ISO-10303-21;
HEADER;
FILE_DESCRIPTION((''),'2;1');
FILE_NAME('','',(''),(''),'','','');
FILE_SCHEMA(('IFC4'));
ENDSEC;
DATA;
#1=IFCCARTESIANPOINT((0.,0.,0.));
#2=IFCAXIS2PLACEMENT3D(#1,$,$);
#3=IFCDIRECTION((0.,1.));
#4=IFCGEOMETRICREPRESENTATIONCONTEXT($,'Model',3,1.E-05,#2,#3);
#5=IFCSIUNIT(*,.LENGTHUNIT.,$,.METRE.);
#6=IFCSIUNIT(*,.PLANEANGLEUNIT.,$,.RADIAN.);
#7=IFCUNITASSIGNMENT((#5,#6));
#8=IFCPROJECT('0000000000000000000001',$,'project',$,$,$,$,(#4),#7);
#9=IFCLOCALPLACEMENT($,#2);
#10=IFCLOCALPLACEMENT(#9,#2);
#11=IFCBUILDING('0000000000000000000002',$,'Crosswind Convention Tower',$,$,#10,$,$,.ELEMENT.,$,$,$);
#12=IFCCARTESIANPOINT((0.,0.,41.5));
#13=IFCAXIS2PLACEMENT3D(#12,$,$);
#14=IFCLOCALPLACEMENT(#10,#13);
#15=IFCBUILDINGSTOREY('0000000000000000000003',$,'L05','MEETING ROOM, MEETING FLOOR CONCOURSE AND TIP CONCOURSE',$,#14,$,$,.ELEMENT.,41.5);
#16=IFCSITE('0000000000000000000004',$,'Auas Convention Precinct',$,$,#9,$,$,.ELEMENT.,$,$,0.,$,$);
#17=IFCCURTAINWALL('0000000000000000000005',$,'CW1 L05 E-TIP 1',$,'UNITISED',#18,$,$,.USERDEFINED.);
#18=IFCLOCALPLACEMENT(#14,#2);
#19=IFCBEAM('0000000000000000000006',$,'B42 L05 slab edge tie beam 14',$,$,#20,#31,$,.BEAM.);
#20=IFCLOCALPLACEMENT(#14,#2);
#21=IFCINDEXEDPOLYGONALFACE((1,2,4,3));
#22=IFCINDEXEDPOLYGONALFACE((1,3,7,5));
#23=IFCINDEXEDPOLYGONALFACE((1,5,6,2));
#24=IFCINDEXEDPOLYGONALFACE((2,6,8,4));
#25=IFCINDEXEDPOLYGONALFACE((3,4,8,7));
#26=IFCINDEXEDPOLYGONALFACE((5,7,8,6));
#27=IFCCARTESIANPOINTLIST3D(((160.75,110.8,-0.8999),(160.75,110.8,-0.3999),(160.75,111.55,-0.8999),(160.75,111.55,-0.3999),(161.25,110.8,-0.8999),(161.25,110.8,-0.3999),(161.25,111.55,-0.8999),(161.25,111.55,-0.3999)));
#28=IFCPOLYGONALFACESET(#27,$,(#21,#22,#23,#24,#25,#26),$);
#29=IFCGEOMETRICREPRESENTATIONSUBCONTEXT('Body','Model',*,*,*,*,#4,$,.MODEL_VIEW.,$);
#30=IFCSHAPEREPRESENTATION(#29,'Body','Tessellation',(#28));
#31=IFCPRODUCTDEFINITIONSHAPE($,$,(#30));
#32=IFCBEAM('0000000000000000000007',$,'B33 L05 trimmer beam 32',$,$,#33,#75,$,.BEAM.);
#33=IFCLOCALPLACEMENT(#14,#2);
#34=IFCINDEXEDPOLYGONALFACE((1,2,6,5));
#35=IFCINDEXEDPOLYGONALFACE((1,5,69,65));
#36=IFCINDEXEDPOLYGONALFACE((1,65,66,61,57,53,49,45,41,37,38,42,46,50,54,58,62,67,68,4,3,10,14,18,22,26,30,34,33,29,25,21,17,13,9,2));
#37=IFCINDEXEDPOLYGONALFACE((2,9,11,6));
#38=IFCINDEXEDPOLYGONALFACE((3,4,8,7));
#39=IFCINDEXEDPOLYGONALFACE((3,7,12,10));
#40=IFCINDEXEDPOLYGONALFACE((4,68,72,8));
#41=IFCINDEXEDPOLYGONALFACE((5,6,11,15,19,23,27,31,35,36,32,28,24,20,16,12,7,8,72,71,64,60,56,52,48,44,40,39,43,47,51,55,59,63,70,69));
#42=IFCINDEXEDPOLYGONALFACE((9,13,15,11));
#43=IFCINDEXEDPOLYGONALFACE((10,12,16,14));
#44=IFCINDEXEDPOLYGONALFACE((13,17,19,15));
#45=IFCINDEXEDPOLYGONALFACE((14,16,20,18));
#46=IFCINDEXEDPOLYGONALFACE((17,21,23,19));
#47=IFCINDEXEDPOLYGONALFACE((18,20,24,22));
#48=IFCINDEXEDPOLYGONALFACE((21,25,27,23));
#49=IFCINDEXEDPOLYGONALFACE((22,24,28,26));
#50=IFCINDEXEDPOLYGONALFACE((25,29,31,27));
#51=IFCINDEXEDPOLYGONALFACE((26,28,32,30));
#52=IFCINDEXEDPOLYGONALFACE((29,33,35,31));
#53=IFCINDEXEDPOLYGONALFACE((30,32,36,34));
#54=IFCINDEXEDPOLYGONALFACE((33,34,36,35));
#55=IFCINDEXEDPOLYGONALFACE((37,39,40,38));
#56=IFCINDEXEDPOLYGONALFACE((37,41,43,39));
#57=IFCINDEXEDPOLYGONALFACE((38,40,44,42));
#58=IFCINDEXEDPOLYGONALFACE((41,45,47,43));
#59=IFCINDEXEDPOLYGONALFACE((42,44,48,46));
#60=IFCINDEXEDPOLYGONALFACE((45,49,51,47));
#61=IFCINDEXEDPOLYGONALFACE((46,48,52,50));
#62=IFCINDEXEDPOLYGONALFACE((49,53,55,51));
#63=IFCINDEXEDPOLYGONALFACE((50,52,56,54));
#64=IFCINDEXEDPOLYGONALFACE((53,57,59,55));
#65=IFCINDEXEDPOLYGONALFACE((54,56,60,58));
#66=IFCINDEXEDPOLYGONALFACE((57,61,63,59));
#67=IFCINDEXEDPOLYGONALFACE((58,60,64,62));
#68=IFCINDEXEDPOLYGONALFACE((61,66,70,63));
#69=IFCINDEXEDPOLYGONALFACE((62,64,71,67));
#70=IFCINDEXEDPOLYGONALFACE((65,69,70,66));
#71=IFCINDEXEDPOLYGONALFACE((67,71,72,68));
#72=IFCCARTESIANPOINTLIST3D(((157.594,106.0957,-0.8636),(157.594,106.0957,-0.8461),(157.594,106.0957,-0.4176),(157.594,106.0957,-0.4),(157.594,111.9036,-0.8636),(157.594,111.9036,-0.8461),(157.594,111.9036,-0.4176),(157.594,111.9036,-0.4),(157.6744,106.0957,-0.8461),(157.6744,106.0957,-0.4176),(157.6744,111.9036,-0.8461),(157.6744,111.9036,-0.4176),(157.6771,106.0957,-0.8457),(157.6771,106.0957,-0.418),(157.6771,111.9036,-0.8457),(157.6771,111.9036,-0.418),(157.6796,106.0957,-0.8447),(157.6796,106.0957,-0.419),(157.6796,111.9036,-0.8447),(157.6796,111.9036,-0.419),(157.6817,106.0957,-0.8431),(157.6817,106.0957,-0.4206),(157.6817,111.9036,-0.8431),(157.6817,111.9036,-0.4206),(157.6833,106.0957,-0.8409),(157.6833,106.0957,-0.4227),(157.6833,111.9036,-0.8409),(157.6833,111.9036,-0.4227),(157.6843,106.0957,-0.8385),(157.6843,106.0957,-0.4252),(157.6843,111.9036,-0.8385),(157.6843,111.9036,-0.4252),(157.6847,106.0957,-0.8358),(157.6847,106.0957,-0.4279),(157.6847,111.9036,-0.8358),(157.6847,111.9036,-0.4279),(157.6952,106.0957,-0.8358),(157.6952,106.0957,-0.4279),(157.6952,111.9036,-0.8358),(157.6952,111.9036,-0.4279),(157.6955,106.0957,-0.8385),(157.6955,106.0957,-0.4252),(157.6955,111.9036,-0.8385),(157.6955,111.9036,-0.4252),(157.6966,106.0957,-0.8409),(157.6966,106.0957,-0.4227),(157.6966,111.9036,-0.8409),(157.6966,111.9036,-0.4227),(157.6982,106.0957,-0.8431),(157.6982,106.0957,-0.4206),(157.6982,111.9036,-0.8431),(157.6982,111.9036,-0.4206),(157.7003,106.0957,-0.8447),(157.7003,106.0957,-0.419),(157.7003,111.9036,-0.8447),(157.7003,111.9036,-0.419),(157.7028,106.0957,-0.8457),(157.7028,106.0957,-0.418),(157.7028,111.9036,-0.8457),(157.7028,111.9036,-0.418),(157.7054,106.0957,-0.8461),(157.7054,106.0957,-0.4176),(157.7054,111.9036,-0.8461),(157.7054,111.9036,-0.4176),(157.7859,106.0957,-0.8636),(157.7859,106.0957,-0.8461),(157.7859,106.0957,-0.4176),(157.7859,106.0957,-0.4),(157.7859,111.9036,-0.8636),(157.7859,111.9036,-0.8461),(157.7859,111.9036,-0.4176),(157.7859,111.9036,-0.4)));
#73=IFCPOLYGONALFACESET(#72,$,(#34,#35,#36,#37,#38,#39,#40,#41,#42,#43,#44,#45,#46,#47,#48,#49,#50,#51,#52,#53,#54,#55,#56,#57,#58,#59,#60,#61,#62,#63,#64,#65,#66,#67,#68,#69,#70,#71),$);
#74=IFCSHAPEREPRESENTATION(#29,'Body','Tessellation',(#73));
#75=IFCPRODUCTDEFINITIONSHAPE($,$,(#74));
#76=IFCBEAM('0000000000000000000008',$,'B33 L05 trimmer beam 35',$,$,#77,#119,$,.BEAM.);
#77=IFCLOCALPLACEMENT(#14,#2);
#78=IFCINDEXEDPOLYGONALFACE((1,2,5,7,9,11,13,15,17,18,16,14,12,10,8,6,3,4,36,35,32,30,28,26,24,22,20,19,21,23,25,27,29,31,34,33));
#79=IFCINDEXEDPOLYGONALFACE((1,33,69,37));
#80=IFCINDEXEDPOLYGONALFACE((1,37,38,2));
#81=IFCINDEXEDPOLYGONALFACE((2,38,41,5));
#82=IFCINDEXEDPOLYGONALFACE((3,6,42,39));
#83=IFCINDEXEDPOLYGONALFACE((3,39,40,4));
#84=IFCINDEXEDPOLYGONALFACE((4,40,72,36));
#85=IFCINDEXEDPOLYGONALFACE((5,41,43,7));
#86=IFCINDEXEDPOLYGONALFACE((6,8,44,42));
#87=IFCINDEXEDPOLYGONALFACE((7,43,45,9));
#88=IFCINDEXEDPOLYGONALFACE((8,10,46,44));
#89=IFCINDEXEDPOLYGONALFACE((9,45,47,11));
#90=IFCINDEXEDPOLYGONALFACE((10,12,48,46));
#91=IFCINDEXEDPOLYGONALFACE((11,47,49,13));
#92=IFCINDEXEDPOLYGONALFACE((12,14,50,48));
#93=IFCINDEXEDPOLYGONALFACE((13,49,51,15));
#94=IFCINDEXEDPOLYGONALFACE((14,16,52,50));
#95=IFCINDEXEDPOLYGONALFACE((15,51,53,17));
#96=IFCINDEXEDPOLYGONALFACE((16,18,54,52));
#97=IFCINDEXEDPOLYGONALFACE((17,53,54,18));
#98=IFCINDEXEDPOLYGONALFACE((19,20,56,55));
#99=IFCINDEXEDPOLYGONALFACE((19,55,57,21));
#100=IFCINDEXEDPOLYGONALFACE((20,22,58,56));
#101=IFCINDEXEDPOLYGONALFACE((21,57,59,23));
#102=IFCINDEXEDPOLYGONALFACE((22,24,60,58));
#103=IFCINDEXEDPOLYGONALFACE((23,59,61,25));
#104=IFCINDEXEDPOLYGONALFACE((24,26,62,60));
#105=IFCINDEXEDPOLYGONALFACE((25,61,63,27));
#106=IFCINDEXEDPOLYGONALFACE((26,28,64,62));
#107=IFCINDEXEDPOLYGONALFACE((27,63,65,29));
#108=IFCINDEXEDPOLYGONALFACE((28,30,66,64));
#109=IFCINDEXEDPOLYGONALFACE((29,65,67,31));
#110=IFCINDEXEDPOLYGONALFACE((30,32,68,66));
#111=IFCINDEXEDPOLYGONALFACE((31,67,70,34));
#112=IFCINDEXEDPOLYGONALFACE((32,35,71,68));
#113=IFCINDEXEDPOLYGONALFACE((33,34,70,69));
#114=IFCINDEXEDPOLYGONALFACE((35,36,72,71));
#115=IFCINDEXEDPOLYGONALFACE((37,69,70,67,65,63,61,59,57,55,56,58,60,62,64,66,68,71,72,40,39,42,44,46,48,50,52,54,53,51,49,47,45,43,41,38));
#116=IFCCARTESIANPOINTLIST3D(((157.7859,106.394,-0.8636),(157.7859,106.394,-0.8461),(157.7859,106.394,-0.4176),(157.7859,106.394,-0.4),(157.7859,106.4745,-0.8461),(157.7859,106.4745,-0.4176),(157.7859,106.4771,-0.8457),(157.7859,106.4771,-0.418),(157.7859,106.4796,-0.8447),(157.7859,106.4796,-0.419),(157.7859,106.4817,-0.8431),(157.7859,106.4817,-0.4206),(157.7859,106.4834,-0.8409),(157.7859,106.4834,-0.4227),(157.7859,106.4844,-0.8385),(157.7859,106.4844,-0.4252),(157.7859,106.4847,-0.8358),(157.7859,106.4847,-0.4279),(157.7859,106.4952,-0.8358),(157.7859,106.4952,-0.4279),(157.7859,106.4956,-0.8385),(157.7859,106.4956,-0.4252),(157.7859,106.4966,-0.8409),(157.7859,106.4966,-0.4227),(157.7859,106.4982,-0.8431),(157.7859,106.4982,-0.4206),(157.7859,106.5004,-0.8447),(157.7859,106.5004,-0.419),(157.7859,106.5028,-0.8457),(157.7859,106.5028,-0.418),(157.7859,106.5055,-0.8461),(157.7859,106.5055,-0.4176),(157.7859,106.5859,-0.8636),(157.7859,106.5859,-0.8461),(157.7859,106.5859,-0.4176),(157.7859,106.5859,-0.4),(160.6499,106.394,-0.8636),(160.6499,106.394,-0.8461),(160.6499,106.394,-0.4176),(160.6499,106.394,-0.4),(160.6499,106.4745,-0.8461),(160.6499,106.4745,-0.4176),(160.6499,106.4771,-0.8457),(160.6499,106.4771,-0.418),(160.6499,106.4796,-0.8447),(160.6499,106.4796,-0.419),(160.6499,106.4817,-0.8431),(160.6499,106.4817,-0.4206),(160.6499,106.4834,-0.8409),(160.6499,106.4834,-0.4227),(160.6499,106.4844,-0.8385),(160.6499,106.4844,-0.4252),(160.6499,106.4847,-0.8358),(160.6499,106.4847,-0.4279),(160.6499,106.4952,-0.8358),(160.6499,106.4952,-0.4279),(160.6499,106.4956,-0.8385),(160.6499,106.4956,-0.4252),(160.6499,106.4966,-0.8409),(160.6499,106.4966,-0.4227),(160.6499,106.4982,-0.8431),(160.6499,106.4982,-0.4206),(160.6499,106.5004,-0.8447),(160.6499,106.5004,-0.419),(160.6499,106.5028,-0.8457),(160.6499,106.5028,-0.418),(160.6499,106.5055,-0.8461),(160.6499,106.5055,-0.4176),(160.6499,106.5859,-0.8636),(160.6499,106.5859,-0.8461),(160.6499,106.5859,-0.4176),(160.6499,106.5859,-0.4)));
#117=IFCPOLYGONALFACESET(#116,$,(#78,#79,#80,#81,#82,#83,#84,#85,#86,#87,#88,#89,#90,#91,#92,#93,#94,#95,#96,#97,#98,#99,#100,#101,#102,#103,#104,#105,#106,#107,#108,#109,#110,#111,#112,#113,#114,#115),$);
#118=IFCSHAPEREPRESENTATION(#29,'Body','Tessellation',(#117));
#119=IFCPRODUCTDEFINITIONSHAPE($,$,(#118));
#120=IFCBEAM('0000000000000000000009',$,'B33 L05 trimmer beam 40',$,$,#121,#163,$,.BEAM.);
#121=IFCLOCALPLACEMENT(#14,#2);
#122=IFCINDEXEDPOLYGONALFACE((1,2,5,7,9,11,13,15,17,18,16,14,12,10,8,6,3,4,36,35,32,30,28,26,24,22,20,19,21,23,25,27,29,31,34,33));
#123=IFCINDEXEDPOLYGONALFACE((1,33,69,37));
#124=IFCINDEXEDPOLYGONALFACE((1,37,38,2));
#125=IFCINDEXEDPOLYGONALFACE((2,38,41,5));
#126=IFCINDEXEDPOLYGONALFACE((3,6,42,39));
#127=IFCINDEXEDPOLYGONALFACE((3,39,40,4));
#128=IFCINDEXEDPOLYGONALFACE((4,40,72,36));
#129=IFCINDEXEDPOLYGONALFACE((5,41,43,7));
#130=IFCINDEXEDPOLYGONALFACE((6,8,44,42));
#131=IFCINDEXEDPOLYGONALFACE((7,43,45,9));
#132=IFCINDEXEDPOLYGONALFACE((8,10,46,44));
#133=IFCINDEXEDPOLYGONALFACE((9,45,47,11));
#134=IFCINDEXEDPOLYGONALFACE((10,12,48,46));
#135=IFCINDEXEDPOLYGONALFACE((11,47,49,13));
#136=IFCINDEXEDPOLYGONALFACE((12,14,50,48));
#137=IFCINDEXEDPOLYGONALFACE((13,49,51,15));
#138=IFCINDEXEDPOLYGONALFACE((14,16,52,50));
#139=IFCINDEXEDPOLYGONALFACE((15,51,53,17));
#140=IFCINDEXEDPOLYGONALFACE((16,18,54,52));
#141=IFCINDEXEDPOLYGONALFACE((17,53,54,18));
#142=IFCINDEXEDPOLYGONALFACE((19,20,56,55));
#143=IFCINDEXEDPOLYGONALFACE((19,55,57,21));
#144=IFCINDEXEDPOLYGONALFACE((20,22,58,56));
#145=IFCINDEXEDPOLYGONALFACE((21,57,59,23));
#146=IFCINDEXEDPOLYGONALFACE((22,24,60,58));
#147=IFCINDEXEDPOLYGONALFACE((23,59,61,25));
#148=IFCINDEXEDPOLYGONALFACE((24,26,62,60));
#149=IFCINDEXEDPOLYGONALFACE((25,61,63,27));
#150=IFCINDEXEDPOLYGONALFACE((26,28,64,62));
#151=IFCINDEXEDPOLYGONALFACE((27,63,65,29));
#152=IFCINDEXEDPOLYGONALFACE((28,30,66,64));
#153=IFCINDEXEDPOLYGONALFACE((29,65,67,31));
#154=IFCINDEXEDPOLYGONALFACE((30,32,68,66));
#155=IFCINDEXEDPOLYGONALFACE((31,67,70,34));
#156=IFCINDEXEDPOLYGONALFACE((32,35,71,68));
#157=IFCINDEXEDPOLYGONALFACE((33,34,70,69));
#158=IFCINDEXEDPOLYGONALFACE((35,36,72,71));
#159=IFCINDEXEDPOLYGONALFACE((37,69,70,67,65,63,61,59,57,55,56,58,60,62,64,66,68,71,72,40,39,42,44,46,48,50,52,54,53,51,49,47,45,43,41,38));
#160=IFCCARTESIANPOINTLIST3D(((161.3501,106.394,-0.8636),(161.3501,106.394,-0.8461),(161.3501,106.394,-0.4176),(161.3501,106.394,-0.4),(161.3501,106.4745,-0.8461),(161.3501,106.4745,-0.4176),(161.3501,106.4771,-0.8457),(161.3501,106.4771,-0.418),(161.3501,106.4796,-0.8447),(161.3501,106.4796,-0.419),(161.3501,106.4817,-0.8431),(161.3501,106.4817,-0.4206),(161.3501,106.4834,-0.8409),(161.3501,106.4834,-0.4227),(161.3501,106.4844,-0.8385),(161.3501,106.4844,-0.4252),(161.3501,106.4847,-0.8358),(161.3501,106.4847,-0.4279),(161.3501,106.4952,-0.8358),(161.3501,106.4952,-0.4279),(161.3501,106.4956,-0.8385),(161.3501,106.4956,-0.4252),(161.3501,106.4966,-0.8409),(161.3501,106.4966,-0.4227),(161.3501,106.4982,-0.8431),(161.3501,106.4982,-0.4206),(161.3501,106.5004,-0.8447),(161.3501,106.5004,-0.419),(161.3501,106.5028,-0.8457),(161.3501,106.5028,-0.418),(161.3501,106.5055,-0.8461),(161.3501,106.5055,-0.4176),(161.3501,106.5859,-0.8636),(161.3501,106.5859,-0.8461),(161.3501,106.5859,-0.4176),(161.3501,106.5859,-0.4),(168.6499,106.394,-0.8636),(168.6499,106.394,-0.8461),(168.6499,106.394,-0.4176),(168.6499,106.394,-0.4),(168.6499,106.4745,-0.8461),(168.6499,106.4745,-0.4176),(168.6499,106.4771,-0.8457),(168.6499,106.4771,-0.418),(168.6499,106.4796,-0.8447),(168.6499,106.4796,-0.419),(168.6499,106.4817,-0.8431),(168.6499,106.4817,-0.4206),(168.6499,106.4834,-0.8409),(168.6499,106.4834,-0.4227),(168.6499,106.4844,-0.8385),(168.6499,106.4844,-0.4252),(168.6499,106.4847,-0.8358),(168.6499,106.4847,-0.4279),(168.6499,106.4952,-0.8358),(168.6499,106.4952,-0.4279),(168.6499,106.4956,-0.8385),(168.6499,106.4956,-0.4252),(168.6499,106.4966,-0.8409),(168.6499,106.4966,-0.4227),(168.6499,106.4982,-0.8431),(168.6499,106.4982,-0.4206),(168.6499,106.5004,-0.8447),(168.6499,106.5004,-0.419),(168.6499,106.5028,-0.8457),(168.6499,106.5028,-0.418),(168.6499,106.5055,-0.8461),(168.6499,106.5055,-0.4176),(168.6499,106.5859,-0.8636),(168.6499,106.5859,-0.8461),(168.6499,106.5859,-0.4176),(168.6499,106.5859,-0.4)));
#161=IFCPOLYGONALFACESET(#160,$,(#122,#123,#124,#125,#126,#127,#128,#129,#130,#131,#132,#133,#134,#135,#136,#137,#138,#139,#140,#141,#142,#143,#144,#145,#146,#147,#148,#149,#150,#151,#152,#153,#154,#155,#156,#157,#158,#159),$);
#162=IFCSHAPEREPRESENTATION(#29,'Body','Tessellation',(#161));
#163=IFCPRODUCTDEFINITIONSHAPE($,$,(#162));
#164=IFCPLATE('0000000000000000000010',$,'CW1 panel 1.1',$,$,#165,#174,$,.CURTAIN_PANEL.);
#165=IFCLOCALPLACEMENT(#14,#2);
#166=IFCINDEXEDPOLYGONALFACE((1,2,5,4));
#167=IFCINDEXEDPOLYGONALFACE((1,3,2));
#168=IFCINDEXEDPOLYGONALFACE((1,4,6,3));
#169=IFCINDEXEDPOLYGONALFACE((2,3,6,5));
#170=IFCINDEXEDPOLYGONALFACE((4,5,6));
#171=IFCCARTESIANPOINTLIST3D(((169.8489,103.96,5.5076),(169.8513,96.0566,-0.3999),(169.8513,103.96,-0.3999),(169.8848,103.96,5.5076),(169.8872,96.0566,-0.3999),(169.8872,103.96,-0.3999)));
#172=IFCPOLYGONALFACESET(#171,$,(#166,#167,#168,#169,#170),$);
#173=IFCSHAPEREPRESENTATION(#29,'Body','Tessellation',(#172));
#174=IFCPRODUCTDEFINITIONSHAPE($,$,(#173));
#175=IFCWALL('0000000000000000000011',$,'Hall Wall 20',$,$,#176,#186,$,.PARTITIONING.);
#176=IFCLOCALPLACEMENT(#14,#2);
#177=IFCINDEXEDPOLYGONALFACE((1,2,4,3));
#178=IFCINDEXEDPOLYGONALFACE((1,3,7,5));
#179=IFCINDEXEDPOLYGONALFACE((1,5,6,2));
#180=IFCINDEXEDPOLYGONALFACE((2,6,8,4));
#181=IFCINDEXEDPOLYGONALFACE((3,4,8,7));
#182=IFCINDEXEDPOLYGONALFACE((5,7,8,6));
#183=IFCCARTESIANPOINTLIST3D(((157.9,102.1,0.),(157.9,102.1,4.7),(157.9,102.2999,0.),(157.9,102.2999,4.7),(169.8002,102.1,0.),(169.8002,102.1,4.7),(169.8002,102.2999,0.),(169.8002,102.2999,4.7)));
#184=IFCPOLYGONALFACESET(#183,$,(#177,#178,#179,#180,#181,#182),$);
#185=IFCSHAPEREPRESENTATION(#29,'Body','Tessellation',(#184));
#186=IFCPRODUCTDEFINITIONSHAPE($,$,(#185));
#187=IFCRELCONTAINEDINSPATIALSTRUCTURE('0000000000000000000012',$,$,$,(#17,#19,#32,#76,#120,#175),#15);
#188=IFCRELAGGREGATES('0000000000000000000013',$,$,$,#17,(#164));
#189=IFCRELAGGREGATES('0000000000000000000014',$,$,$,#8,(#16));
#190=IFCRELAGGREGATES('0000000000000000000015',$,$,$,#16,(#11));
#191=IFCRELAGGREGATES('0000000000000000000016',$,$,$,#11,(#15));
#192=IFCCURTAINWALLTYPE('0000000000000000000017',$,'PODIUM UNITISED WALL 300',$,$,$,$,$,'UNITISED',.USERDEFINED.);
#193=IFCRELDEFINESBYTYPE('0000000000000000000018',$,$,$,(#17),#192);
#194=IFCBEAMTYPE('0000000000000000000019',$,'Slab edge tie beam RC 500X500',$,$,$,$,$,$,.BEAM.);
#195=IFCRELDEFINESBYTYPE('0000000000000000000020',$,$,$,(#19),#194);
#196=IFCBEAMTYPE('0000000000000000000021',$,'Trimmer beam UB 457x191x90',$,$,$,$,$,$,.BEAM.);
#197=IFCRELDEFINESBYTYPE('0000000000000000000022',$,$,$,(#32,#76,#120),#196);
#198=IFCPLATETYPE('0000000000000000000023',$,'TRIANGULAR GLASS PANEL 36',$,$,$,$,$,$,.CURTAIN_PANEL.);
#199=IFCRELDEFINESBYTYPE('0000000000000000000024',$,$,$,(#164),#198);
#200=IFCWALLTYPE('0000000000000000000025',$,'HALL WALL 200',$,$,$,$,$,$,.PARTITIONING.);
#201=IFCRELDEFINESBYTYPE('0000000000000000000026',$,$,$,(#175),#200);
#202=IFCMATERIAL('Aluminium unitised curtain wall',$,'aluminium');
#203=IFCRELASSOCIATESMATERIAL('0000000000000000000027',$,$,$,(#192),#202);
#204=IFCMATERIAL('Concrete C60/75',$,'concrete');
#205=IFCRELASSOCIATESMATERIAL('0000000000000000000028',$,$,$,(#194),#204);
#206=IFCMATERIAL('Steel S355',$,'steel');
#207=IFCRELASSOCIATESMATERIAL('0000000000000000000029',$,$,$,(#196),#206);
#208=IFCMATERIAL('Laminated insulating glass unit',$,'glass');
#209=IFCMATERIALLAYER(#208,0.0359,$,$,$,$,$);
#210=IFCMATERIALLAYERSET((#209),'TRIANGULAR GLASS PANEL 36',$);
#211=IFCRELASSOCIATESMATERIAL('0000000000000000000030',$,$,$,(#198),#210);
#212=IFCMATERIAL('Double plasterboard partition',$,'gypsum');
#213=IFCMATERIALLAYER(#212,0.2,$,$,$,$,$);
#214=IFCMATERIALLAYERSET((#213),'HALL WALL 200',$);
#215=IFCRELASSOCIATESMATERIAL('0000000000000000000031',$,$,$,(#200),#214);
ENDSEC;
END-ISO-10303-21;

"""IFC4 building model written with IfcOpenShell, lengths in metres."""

from ifc_helpers import new_model, si_unit, direction, frame, frame_2d, origin, origin_2d, place, context, subcontext, project, spatial, polyline, rectangle, i_section, outline, extrude, material, layer, layer_set, material_profile, profile_set, type_object, element, aggregate, save


model = new_model("IFC4")

# Units and contexts
model_context = context("Model", 3, precision=1e-05, world=origin(), true_north=direction((0.0, 1.0)))
body_context = subcontext(model_context, "Body", "Model", "MODEL_VIEW")
ifc_project = project(units=[si_unit("LENGTHUNIT", "METRE"), si_unit("PLANEANGLEUNIT", "RADIAN")], contexts=[model_context])

# Site, building, storey
site_placement = place(None, origin())
site = spatial("IfcSite", under=ifc_project, at=site_placement, Name="Auas Convention Precinct", CompositionType="ELEMENT", RefElevation=0.0)
building_placement = place(site_placement, origin())
building = spatial("IfcBuilding", under=site, at=building_placement, Name="Crosswind Convention Tower", CompositionType="ELEMENT")
storey_placement = place(building_placement, frame((0.0, 0.0, 41.5)))
storey = spatial("IfcBuildingStorey", under=building, at=storey_placement, Name="L05", Description="MEETING ROOM, MEETING FLOOR CONCOURSE AND TIP CONCOURSE", CompositionType="ELEMENT", Elevation=41.5)

# Curtain wall
ifc_material_1 = material(Name="Aluminium unitised curtain wall", Category="aluminium")
curtain_wall_type = type_object("IfcCurtainWallType", Name="PODIUM UNITISED WALL 300", ElementType="UNITISED", PredefinedType="USERDEFINED", material=ifc_material_1)
curtain_wall_placement = place(storey_placement, origin())
curtain_wall = element("IfcCurtainWall", 1, at=curtain_wall_placement, inside=storey, type_object=curtain_wall_type, Name="CW1 L05 E-TIP 1", ObjectType="UNITISED", PredefinedType="USERDEFINED")

# Beams
ifc_material_2 = material(Name="Steel S355", Category="steel")
ifc_material_3 = material(Name="Concrete C60/75", Category="concrete")
ifc_material_profile_1 = material_profile(ifc_material_3, rectangle(XDim=0.5, YDim=0.5, at=origin_2d()), Name="RC 500X500")
ifc_profile_set_1 = profile_set([ifc_material_profile_1], Name="Concrete C60/75")
beam_type_1 = type_object("IfcBeamType", Name="Slab edge tie beam RC 500X500", PredefinedType="BEAM", material=ifc_profile_set_1)
beam_1_placement = place(storey_placement, frame((161.0, 110.8, -0.6499), z_axis=(0.0, 1.0, 0.0), x_axis=(-1.0, 0.0, 0.0)))
element("IfcBeam", 2, at=beam_1_placement, inside=storey, type_object=beam_type_1, Name="B42 L05 slab edge tie beam 14", PredefinedType="BEAM", context=body_context, shape_type="SweptSolid", body=[
    extrude(rectangle(XDim=0.5, YDim=0.5, at=origin_2d()), origin(), (0.0, 0.0, 1.0), 0.75),
])
ifc_material_profile_2 = material_profile(ifc_material_2, i_section(OverallWidth=0.1919, OverallDepth=0.4636, WebThickness=0.0105, FlangeThickness=0.0176, FilletRadius=0.0103, at=origin_2d()), Name="UB 457x191x90")
ifc_profile_set_2 = profile_set([ifc_material_profile_2], Name="Steel S355")
beam_type_2 = type_object("IfcBeamType", Name="Trimmer beam UB 457x191x90", PredefinedType="BEAM", material=ifc_profile_set_2)
beam_2_placement = place(storey_placement, frame((157.6899, 106.0957, -0.6318), z_axis=(0.0, 1.0, 0.0), x_axis=(-1.0, 0.0, 0.0)))
element("IfcBeam", 3, at=beam_2_placement, inside=storey, type_object=beam_type_2, Name="B33 L05 trimmer beam 32", PredefinedType="BEAM", context=body_context, shape_type="SweptSolid", body=[
    extrude(i_section(OverallWidth=0.1919, OverallDepth=0.4636, WebThickness=0.0105, FlangeThickness=0.0176, FilletRadius=0.0103, at=origin_2d()), origin(), (0.0, 0.0, 1.0), 5.8079),
])
beam_3_placement = place(storey_placement, frame((157.7859, 106.49, -0.6318), z_axis=(1.0, 0.0, 0.0), x_axis=(0.0, 1.0, 0.0)))
element("IfcBeam", 4, at=beam_3_placement, inside=storey, type_object=beam_type_2, Name="B33 L05 trimmer beam 35", PredefinedType="BEAM", context=body_context, shape_type="SweptSolid", body=[
    extrude(i_section(OverallWidth=0.1919, OverallDepth=0.4636, WebThickness=0.0105, FlangeThickness=0.0176, FilletRadius=0.0103, at=origin_2d()), origin(), (0.0, 0.0, 1.0), 2.864),
])
beam_4_placement = place(storey_placement, frame((161.3501, 106.49, -0.6318), z_axis=(1.0, 0.0, 0.0), x_axis=(0.0, 1.0, 0.0)))
element("IfcBeam", 5, at=beam_4_placement, inside=storey, type_object=beam_type_2, Name="B33 L05 trimmer beam 40", PredefinedType="BEAM", context=body_context, shape_type="SweptSolid", body=[
    extrude(i_section(OverallWidth=0.1919, OverallDepth=0.4636, WebThickness=0.0105, FlangeThickness=0.0176, FilletRadius=0.0103, at=origin_2d()), origin(), (0.0, 0.0, 1.0), 7.2998),
])

# Plate
ifc_material_4 = material(Name="Laminated insulating glass unit", Category="glass")
ifc_layer_1 = layer(ifc_material_4, 0.0359)
ifc_layer_set_1 = layer_set([ifc_layer_1], Name="TRIANGULAR GLASS PANEL 36")
plate_type = type_object("IfcPlateType", Name="TRIANGULAR GLASS PANEL 36", PredefinedType="CURTAIN_PANEL", material=ifc_layer_set_1)
plate_placement = place(storey_placement, frame((169.8872, 103.96, -0.3999), z_axis=(1.0, 0.0, 0.000413), x_axis=(-0.000413, 0.0, 1.0)))
plate = element("IfcPlate", 6, at=plate_placement, type_object=plate_type, Name="CW1 panel 1.1", PredefinedType="CURTAIN_PANEL", context=body_context, shape_type="SweptSolid", body=[
    extrude(outline(polyline([(0.0, 0.0), (5.9075, 0.0), (0.0, 7.9033), (0.0, 0.0)])), origin(), (0.0, 0.0, -1.0), 0.0359),
])
aggregate(curtain_wall, [plate])

# Wall
ifc_material_5 = material(Name="Double plasterboard partition", Category="gypsum")
ifc_layer_2 = layer(ifc_material_5, 0.2)
ifc_layer_set_2 = layer_set([ifc_layer_2], Name="HALL WALL 200")
wall_type_1 = type_object("IfcWallType", Name="HALL WALL 200", PredefinedType="PARTITIONING", material=ifc_layer_set_2)
wall_1_placement = place(storey_placement, frame((157.8999, 102.2, 0.0), z_axis=(0.0, 0.0, 1.0), x_axis=(1.0, 0.0, 0.0)))
element("IfcWall", 7, at=wall_1_placement, inside=storey, type_object=wall_type_1, Name="Hall Wall 20", PredefinedType="PARTITIONING", context=body_context, shape_type="SweptSolid", body=[
    extrude(rectangle(XDim=11.9001, YDim=0.2, at=frame_2d((5.9502, 0.0))), origin(), (0.0, 0.0, 1.0), 4.7),
])

save(model, "model.ifc")
